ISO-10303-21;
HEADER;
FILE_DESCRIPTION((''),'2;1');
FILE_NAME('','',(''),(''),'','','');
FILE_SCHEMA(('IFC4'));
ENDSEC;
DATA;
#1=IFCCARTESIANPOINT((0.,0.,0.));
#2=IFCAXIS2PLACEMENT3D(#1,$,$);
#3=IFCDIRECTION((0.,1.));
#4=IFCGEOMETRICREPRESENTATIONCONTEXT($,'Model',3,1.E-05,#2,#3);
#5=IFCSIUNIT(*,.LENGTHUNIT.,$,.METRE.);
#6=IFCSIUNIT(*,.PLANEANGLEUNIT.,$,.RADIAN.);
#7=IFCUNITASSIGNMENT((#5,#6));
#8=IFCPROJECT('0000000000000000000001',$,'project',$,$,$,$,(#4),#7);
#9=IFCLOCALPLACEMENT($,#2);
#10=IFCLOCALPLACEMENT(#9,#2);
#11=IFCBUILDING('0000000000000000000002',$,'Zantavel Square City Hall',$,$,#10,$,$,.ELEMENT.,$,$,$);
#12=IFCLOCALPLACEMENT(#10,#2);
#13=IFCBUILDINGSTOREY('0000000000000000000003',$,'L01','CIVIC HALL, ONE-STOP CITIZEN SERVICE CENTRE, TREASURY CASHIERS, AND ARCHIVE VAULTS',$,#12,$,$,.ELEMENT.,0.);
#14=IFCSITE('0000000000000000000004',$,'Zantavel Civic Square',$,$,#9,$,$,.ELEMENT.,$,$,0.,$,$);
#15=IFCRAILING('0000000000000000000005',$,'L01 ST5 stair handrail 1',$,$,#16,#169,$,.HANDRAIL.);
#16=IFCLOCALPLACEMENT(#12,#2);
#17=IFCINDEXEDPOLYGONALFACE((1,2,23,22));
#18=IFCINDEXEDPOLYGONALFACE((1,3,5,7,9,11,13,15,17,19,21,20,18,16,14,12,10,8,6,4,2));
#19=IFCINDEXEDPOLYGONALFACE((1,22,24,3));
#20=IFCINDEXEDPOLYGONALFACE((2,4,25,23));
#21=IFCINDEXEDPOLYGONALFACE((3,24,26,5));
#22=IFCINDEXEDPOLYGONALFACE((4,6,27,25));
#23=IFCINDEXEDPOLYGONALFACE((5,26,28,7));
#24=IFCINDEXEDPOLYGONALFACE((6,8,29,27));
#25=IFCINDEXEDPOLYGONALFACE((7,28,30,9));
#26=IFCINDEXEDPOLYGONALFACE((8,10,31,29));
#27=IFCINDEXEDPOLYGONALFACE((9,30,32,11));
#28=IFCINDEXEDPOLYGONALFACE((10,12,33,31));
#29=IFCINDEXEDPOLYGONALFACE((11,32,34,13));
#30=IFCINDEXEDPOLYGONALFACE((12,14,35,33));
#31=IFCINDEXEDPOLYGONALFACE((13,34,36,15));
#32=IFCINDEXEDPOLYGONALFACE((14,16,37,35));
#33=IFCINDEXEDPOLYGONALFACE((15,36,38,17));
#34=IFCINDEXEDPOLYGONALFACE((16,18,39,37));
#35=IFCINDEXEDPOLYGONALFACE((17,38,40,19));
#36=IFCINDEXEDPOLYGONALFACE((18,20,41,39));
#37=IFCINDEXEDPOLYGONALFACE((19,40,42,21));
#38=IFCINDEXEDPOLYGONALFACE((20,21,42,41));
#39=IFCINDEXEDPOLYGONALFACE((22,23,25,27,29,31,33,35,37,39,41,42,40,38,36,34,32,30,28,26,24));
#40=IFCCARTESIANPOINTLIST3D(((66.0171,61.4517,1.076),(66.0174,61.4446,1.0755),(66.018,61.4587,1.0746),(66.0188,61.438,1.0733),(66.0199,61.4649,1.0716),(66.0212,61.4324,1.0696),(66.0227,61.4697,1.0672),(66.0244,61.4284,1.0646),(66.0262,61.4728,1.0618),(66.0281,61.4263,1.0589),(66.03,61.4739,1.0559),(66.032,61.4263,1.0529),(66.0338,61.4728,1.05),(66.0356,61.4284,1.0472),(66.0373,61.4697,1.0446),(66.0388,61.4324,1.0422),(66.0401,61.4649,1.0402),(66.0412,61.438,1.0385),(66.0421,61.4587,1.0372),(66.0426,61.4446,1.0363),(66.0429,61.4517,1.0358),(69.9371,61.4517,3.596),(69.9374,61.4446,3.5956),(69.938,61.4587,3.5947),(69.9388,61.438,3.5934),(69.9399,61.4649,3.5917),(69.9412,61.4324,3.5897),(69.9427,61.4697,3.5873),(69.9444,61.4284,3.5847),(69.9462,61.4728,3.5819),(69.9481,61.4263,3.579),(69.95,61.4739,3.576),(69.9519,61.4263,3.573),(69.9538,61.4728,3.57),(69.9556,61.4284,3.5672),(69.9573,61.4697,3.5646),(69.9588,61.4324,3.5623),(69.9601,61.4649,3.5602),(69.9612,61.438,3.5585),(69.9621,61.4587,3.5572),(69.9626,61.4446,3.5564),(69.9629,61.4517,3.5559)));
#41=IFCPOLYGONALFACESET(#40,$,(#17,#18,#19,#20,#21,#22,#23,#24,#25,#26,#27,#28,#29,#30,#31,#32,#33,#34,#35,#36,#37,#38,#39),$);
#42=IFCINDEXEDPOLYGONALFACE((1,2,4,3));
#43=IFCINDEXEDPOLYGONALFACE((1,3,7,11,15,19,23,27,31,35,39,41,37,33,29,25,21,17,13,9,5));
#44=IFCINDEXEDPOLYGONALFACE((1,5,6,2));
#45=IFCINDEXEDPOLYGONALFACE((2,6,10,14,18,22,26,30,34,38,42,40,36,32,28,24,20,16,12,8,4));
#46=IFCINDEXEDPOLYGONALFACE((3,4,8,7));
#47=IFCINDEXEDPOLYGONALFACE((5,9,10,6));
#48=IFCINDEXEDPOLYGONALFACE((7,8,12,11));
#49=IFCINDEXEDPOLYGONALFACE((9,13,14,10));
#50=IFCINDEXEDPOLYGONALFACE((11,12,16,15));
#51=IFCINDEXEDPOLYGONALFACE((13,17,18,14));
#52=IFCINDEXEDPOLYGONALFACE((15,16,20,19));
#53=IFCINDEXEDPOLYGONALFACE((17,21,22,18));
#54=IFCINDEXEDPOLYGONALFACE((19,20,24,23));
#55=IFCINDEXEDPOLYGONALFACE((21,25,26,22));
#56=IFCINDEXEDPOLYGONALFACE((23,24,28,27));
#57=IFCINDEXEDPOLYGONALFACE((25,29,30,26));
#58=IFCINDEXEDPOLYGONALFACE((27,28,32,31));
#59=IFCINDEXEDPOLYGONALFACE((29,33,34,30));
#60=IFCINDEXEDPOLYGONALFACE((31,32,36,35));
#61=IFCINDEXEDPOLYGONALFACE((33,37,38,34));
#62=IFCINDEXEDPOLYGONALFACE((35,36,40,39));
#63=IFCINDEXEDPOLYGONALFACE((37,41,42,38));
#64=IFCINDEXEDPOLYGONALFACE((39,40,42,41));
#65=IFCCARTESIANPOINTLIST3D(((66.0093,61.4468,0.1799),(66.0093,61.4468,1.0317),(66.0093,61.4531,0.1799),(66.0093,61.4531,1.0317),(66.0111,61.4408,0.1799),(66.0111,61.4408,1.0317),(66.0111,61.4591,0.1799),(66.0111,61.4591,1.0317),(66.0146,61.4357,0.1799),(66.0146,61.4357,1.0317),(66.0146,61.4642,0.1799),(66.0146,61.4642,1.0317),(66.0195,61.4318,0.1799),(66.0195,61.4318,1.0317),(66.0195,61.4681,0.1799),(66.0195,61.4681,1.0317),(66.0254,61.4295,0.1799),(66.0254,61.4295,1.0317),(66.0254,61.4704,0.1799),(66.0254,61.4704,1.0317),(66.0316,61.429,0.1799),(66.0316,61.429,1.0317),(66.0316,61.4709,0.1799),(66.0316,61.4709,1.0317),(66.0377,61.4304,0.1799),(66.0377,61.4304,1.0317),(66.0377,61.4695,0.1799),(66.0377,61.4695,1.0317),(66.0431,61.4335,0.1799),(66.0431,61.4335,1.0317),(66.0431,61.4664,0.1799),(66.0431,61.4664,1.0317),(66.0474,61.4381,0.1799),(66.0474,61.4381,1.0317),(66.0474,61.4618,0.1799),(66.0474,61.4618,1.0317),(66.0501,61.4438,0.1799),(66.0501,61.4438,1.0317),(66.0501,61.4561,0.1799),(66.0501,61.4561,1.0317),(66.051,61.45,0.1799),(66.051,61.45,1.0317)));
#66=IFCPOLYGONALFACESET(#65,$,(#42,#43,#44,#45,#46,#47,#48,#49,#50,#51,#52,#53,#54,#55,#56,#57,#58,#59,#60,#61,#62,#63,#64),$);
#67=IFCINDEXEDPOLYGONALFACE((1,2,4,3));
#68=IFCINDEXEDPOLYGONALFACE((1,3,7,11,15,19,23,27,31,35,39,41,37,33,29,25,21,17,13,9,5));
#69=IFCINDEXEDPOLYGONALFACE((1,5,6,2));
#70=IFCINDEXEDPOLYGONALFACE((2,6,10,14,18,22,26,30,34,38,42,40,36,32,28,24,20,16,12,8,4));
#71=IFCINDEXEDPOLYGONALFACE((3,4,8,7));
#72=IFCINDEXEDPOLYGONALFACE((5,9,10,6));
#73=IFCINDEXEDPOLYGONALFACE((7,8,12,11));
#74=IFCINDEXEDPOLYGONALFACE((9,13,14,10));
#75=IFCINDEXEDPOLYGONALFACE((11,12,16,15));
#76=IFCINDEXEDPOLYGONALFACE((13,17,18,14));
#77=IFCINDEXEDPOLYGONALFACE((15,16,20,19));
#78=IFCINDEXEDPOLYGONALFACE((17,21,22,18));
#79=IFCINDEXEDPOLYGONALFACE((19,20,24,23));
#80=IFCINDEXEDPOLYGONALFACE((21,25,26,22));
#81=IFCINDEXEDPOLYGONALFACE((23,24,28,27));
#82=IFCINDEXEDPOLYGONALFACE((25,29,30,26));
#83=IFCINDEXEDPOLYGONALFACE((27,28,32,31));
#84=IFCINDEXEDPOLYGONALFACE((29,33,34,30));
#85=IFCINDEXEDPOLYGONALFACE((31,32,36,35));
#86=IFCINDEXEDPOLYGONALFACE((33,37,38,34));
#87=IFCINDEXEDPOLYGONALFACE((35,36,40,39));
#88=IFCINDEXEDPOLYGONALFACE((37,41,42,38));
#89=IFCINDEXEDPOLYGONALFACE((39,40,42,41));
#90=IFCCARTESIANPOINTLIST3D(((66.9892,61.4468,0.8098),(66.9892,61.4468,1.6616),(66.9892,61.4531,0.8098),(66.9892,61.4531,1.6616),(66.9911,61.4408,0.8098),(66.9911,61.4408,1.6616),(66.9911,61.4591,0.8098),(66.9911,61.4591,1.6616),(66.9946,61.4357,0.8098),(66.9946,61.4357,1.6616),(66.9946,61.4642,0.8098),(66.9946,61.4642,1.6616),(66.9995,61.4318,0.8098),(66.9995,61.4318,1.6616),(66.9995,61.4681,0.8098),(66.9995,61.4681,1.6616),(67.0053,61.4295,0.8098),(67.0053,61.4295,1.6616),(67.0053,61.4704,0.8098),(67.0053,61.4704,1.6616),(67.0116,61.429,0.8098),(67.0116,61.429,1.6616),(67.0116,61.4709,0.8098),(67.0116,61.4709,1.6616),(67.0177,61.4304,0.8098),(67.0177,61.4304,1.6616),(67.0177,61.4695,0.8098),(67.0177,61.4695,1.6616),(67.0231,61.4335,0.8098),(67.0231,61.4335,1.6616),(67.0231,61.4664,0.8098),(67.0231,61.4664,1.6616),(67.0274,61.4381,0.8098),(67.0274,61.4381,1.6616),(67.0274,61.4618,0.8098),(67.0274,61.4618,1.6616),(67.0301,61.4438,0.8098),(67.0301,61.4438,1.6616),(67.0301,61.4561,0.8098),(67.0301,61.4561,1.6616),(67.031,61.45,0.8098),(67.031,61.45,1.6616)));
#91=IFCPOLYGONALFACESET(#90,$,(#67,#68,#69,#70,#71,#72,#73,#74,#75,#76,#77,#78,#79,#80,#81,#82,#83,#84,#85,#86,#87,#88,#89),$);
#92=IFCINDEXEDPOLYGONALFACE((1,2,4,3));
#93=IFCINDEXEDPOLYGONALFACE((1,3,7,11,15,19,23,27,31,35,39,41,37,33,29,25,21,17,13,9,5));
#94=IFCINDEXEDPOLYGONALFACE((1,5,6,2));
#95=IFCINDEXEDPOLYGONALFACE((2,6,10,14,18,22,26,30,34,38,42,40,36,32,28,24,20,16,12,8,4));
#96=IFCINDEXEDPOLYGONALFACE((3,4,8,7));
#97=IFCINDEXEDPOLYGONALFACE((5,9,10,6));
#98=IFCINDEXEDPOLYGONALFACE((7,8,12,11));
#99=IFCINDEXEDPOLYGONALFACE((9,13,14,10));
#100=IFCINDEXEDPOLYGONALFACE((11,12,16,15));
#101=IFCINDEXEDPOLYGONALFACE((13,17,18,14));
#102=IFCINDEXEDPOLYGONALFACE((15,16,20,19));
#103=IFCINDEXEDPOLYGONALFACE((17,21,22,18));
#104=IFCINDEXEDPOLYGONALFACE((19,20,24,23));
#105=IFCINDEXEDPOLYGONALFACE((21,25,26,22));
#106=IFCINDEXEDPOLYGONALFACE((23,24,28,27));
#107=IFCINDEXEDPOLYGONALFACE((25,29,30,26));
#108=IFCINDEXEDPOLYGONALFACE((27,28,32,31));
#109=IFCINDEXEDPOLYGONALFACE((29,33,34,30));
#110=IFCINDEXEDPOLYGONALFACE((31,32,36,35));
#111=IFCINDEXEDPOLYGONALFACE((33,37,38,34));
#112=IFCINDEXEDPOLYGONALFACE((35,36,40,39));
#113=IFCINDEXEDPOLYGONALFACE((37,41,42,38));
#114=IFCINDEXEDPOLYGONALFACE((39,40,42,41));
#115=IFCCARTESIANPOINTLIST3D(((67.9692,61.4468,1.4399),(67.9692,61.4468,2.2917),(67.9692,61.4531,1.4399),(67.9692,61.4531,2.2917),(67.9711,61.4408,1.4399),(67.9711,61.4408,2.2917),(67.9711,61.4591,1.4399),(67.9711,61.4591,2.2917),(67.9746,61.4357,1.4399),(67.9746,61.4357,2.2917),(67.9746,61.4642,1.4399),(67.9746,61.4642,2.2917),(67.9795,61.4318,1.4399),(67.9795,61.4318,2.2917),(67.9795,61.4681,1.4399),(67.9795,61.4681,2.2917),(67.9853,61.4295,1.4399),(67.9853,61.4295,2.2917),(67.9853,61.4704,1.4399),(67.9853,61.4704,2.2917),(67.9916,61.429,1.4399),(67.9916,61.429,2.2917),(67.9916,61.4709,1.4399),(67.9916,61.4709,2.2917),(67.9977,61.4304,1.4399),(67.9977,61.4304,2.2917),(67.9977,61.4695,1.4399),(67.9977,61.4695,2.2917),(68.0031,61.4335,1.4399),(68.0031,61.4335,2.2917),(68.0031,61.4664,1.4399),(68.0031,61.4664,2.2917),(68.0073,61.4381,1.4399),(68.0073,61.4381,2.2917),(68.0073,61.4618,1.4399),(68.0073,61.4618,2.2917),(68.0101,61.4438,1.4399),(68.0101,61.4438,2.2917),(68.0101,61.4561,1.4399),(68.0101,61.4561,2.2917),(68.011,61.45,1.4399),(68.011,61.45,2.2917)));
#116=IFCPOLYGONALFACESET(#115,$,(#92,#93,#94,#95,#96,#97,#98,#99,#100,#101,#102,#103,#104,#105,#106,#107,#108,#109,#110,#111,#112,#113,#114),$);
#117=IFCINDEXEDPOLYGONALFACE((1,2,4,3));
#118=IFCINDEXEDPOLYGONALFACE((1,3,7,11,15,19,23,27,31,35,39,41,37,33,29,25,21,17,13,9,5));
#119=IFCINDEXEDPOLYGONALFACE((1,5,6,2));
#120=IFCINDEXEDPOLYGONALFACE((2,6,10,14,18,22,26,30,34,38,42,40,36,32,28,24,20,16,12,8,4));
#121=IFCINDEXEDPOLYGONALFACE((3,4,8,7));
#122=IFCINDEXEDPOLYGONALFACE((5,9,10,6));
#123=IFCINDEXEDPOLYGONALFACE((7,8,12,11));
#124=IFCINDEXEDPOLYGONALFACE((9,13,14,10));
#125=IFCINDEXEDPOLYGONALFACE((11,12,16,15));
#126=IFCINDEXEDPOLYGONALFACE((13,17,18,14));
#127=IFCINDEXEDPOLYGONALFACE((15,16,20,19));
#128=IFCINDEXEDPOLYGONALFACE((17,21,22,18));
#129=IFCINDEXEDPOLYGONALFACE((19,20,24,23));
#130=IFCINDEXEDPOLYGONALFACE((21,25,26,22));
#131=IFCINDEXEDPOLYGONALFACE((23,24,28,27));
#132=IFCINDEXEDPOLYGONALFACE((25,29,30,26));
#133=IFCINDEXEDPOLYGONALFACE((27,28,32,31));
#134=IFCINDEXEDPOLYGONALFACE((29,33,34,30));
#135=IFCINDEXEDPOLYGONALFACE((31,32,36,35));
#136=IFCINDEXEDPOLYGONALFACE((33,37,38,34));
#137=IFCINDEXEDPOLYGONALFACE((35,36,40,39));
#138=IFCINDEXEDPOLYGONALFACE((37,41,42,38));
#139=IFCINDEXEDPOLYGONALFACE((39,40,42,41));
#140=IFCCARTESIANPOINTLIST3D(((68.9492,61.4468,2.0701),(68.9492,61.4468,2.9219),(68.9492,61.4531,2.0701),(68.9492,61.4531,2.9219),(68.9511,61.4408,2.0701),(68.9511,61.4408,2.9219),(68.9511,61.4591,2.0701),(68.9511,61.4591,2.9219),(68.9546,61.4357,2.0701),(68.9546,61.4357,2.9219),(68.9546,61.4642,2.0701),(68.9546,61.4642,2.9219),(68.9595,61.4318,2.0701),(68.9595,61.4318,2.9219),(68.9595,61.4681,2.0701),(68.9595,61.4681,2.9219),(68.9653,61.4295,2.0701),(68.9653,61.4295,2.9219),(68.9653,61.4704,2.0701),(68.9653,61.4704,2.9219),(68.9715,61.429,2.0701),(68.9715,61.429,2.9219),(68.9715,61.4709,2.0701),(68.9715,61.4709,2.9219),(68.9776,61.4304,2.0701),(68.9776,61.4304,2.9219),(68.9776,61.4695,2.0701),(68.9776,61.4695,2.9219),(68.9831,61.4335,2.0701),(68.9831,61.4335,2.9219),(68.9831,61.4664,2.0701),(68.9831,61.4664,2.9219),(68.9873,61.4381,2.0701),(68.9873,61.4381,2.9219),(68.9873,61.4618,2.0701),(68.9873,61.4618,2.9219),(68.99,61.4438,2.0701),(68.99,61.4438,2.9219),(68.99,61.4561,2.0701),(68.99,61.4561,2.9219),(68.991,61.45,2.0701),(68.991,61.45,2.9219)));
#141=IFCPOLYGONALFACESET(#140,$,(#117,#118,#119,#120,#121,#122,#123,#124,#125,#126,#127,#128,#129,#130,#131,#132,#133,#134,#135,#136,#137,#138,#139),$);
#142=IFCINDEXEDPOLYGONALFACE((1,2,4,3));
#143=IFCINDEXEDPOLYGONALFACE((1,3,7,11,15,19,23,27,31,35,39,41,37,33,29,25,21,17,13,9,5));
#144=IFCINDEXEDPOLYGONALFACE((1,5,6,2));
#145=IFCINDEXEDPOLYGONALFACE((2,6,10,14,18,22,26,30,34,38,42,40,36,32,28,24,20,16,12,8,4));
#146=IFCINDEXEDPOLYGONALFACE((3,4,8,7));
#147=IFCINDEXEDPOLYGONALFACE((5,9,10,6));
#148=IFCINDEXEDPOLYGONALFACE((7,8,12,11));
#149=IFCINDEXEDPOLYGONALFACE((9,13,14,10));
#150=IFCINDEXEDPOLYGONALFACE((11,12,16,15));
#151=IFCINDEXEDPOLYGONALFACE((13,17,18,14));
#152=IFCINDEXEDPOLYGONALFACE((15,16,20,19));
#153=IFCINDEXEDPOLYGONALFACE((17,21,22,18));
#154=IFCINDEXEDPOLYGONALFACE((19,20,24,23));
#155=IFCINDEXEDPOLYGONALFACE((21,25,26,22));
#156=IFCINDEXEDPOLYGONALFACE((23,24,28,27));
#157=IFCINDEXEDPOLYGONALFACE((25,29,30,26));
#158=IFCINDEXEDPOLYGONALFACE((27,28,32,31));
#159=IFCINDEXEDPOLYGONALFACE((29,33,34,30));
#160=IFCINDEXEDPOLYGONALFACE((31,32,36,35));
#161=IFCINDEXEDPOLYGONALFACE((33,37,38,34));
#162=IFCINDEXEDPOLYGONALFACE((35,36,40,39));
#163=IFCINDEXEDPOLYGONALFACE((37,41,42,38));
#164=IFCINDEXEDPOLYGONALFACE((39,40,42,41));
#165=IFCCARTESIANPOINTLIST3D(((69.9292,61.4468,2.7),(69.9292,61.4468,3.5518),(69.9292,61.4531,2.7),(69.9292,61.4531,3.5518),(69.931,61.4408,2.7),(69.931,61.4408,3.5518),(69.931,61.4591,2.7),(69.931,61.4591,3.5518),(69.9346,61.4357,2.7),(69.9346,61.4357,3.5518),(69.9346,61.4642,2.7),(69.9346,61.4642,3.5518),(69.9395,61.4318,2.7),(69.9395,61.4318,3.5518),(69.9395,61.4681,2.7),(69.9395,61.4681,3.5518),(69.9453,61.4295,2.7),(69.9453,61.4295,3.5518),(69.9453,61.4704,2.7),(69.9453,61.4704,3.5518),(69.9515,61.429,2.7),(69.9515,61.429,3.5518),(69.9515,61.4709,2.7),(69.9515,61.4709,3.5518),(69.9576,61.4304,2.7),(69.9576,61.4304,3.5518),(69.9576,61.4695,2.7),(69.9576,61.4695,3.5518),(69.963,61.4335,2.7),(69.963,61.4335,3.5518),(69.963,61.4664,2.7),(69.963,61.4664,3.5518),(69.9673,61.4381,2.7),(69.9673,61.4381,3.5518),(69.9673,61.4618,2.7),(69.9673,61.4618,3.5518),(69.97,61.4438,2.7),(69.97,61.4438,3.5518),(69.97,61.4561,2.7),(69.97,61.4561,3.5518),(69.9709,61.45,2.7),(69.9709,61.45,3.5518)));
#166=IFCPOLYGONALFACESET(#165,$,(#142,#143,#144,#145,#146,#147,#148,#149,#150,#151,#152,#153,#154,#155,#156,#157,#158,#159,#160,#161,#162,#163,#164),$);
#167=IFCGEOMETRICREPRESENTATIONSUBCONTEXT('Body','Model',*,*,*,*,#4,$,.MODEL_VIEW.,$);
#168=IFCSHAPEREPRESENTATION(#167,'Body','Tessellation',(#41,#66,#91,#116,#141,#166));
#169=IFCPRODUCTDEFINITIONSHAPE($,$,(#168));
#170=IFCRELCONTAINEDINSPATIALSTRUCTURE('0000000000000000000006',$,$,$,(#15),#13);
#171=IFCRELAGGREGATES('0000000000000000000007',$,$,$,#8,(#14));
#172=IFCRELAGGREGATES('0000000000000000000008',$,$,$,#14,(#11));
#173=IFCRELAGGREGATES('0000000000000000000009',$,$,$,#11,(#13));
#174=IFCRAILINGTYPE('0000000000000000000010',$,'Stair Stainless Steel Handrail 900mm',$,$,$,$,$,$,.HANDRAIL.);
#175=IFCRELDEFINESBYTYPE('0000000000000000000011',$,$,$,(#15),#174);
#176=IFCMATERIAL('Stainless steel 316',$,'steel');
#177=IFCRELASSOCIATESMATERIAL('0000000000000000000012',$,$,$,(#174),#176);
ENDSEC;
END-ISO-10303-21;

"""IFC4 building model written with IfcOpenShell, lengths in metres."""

from ifc_helpers import new_model, si_unit, direction, frame, origin, origin_2d, place, context, subcontext, project, spatial, circle, extrude, material, type_object, element, save


model = new_model("IFC4")

# Units and contexts
model_context = context("Model", 3, precision=1e-05, world=origin(), true_north=direction((0.0, 1.0)))
body_context = subcontext(model_context, "Body", "Model", "MODEL_VIEW")
ifc_project = project(units=[si_unit("LENGTHUNIT", "METRE"), si_unit("PLANEANGLEUNIT", "RADIAN")], contexts=[model_context])

# Site, building, storey
site_placement = place(None, origin())
site = spatial("IfcSite", under=ifc_project, at=site_placement, Name="Zantavel Civic Square", CompositionType="ELEMENT", RefElevation=0.0)
building_placement = place(site_placement, origin())
building = spatial("IfcBuilding", under=site, at=building_placement, Name="Zantavel Square City Hall", CompositionType="ELEMENT")
storey_placement = place(building_placement, origin())
storey = spatial("IfcBuildingStorey", under=building, at=storey_placement, Name="L01", Description="CIVIC HALL, ONE-STOP CITIZEN SERVICE CENTRE, TREASURY CASHIERS, AND ARCHIVE VAULTS", CompositionType="ELEMENT", Elevation=0.0)

# Shared definitions
ifc_material_1 = material(Name="Stainless steel 316", Category="steel")

# Railing
railing_type_1 = type_object("IfcRailingType", Name="Stair Stainless Steel Handrail 900mm", PredefinedType="HANDRAIL", material=ifc_material_1)
railing_1_placement = place(storey_placement, frame((66.03, 61.45, 0.1799)))
element("IfcRailing", 1, at=railing_1_placement, inside=storey, type_object=railing_type_1, Name="L01 ST5 stair handrail 1", PredefinedType="HANDRAIL", context=body_context, shape_type="SweptSolid", body=[
    extrude(circle(Radius=0.0239, at=origin_2d()), frame((0.0, 0.0, 0.876), z_axis=(0.841172, 0.0, 0.540768), x_axis=(0.0, 1.0, 0.0)), (0.0, 0.0, 1.0), 4.6602),
    extrude(circle(Radius=0.021, at=origin_2d()), origin(), (0.0, 0.0, 1.0), 0.8518),
    extrude(circle(Radius=0.021, at=origin_2d()), frame((0.98, 0.0, 0.6299)), (0.0, 0.0, 1.0), 0.8518),
    extrude(circle(Radius=0.021, at=origin_2d()), frame((1.96, 0.0, 1.26)), (0.0, 0.0, 1.0), 0.8518),
    extrude(circle(Radius=0.021, at=origin_2d()), frame((2.9399, 0.0, 1.8901)), (0.0, 0.0, 1.0), 0.8518),
    extrude(circle(Radius=0.021, at=origin_2d()), frame((3.9199, 0.0, 2.52)), (0.0, 0.0, 1.0), 0.8518),
])

save(model, "model.ifc")
